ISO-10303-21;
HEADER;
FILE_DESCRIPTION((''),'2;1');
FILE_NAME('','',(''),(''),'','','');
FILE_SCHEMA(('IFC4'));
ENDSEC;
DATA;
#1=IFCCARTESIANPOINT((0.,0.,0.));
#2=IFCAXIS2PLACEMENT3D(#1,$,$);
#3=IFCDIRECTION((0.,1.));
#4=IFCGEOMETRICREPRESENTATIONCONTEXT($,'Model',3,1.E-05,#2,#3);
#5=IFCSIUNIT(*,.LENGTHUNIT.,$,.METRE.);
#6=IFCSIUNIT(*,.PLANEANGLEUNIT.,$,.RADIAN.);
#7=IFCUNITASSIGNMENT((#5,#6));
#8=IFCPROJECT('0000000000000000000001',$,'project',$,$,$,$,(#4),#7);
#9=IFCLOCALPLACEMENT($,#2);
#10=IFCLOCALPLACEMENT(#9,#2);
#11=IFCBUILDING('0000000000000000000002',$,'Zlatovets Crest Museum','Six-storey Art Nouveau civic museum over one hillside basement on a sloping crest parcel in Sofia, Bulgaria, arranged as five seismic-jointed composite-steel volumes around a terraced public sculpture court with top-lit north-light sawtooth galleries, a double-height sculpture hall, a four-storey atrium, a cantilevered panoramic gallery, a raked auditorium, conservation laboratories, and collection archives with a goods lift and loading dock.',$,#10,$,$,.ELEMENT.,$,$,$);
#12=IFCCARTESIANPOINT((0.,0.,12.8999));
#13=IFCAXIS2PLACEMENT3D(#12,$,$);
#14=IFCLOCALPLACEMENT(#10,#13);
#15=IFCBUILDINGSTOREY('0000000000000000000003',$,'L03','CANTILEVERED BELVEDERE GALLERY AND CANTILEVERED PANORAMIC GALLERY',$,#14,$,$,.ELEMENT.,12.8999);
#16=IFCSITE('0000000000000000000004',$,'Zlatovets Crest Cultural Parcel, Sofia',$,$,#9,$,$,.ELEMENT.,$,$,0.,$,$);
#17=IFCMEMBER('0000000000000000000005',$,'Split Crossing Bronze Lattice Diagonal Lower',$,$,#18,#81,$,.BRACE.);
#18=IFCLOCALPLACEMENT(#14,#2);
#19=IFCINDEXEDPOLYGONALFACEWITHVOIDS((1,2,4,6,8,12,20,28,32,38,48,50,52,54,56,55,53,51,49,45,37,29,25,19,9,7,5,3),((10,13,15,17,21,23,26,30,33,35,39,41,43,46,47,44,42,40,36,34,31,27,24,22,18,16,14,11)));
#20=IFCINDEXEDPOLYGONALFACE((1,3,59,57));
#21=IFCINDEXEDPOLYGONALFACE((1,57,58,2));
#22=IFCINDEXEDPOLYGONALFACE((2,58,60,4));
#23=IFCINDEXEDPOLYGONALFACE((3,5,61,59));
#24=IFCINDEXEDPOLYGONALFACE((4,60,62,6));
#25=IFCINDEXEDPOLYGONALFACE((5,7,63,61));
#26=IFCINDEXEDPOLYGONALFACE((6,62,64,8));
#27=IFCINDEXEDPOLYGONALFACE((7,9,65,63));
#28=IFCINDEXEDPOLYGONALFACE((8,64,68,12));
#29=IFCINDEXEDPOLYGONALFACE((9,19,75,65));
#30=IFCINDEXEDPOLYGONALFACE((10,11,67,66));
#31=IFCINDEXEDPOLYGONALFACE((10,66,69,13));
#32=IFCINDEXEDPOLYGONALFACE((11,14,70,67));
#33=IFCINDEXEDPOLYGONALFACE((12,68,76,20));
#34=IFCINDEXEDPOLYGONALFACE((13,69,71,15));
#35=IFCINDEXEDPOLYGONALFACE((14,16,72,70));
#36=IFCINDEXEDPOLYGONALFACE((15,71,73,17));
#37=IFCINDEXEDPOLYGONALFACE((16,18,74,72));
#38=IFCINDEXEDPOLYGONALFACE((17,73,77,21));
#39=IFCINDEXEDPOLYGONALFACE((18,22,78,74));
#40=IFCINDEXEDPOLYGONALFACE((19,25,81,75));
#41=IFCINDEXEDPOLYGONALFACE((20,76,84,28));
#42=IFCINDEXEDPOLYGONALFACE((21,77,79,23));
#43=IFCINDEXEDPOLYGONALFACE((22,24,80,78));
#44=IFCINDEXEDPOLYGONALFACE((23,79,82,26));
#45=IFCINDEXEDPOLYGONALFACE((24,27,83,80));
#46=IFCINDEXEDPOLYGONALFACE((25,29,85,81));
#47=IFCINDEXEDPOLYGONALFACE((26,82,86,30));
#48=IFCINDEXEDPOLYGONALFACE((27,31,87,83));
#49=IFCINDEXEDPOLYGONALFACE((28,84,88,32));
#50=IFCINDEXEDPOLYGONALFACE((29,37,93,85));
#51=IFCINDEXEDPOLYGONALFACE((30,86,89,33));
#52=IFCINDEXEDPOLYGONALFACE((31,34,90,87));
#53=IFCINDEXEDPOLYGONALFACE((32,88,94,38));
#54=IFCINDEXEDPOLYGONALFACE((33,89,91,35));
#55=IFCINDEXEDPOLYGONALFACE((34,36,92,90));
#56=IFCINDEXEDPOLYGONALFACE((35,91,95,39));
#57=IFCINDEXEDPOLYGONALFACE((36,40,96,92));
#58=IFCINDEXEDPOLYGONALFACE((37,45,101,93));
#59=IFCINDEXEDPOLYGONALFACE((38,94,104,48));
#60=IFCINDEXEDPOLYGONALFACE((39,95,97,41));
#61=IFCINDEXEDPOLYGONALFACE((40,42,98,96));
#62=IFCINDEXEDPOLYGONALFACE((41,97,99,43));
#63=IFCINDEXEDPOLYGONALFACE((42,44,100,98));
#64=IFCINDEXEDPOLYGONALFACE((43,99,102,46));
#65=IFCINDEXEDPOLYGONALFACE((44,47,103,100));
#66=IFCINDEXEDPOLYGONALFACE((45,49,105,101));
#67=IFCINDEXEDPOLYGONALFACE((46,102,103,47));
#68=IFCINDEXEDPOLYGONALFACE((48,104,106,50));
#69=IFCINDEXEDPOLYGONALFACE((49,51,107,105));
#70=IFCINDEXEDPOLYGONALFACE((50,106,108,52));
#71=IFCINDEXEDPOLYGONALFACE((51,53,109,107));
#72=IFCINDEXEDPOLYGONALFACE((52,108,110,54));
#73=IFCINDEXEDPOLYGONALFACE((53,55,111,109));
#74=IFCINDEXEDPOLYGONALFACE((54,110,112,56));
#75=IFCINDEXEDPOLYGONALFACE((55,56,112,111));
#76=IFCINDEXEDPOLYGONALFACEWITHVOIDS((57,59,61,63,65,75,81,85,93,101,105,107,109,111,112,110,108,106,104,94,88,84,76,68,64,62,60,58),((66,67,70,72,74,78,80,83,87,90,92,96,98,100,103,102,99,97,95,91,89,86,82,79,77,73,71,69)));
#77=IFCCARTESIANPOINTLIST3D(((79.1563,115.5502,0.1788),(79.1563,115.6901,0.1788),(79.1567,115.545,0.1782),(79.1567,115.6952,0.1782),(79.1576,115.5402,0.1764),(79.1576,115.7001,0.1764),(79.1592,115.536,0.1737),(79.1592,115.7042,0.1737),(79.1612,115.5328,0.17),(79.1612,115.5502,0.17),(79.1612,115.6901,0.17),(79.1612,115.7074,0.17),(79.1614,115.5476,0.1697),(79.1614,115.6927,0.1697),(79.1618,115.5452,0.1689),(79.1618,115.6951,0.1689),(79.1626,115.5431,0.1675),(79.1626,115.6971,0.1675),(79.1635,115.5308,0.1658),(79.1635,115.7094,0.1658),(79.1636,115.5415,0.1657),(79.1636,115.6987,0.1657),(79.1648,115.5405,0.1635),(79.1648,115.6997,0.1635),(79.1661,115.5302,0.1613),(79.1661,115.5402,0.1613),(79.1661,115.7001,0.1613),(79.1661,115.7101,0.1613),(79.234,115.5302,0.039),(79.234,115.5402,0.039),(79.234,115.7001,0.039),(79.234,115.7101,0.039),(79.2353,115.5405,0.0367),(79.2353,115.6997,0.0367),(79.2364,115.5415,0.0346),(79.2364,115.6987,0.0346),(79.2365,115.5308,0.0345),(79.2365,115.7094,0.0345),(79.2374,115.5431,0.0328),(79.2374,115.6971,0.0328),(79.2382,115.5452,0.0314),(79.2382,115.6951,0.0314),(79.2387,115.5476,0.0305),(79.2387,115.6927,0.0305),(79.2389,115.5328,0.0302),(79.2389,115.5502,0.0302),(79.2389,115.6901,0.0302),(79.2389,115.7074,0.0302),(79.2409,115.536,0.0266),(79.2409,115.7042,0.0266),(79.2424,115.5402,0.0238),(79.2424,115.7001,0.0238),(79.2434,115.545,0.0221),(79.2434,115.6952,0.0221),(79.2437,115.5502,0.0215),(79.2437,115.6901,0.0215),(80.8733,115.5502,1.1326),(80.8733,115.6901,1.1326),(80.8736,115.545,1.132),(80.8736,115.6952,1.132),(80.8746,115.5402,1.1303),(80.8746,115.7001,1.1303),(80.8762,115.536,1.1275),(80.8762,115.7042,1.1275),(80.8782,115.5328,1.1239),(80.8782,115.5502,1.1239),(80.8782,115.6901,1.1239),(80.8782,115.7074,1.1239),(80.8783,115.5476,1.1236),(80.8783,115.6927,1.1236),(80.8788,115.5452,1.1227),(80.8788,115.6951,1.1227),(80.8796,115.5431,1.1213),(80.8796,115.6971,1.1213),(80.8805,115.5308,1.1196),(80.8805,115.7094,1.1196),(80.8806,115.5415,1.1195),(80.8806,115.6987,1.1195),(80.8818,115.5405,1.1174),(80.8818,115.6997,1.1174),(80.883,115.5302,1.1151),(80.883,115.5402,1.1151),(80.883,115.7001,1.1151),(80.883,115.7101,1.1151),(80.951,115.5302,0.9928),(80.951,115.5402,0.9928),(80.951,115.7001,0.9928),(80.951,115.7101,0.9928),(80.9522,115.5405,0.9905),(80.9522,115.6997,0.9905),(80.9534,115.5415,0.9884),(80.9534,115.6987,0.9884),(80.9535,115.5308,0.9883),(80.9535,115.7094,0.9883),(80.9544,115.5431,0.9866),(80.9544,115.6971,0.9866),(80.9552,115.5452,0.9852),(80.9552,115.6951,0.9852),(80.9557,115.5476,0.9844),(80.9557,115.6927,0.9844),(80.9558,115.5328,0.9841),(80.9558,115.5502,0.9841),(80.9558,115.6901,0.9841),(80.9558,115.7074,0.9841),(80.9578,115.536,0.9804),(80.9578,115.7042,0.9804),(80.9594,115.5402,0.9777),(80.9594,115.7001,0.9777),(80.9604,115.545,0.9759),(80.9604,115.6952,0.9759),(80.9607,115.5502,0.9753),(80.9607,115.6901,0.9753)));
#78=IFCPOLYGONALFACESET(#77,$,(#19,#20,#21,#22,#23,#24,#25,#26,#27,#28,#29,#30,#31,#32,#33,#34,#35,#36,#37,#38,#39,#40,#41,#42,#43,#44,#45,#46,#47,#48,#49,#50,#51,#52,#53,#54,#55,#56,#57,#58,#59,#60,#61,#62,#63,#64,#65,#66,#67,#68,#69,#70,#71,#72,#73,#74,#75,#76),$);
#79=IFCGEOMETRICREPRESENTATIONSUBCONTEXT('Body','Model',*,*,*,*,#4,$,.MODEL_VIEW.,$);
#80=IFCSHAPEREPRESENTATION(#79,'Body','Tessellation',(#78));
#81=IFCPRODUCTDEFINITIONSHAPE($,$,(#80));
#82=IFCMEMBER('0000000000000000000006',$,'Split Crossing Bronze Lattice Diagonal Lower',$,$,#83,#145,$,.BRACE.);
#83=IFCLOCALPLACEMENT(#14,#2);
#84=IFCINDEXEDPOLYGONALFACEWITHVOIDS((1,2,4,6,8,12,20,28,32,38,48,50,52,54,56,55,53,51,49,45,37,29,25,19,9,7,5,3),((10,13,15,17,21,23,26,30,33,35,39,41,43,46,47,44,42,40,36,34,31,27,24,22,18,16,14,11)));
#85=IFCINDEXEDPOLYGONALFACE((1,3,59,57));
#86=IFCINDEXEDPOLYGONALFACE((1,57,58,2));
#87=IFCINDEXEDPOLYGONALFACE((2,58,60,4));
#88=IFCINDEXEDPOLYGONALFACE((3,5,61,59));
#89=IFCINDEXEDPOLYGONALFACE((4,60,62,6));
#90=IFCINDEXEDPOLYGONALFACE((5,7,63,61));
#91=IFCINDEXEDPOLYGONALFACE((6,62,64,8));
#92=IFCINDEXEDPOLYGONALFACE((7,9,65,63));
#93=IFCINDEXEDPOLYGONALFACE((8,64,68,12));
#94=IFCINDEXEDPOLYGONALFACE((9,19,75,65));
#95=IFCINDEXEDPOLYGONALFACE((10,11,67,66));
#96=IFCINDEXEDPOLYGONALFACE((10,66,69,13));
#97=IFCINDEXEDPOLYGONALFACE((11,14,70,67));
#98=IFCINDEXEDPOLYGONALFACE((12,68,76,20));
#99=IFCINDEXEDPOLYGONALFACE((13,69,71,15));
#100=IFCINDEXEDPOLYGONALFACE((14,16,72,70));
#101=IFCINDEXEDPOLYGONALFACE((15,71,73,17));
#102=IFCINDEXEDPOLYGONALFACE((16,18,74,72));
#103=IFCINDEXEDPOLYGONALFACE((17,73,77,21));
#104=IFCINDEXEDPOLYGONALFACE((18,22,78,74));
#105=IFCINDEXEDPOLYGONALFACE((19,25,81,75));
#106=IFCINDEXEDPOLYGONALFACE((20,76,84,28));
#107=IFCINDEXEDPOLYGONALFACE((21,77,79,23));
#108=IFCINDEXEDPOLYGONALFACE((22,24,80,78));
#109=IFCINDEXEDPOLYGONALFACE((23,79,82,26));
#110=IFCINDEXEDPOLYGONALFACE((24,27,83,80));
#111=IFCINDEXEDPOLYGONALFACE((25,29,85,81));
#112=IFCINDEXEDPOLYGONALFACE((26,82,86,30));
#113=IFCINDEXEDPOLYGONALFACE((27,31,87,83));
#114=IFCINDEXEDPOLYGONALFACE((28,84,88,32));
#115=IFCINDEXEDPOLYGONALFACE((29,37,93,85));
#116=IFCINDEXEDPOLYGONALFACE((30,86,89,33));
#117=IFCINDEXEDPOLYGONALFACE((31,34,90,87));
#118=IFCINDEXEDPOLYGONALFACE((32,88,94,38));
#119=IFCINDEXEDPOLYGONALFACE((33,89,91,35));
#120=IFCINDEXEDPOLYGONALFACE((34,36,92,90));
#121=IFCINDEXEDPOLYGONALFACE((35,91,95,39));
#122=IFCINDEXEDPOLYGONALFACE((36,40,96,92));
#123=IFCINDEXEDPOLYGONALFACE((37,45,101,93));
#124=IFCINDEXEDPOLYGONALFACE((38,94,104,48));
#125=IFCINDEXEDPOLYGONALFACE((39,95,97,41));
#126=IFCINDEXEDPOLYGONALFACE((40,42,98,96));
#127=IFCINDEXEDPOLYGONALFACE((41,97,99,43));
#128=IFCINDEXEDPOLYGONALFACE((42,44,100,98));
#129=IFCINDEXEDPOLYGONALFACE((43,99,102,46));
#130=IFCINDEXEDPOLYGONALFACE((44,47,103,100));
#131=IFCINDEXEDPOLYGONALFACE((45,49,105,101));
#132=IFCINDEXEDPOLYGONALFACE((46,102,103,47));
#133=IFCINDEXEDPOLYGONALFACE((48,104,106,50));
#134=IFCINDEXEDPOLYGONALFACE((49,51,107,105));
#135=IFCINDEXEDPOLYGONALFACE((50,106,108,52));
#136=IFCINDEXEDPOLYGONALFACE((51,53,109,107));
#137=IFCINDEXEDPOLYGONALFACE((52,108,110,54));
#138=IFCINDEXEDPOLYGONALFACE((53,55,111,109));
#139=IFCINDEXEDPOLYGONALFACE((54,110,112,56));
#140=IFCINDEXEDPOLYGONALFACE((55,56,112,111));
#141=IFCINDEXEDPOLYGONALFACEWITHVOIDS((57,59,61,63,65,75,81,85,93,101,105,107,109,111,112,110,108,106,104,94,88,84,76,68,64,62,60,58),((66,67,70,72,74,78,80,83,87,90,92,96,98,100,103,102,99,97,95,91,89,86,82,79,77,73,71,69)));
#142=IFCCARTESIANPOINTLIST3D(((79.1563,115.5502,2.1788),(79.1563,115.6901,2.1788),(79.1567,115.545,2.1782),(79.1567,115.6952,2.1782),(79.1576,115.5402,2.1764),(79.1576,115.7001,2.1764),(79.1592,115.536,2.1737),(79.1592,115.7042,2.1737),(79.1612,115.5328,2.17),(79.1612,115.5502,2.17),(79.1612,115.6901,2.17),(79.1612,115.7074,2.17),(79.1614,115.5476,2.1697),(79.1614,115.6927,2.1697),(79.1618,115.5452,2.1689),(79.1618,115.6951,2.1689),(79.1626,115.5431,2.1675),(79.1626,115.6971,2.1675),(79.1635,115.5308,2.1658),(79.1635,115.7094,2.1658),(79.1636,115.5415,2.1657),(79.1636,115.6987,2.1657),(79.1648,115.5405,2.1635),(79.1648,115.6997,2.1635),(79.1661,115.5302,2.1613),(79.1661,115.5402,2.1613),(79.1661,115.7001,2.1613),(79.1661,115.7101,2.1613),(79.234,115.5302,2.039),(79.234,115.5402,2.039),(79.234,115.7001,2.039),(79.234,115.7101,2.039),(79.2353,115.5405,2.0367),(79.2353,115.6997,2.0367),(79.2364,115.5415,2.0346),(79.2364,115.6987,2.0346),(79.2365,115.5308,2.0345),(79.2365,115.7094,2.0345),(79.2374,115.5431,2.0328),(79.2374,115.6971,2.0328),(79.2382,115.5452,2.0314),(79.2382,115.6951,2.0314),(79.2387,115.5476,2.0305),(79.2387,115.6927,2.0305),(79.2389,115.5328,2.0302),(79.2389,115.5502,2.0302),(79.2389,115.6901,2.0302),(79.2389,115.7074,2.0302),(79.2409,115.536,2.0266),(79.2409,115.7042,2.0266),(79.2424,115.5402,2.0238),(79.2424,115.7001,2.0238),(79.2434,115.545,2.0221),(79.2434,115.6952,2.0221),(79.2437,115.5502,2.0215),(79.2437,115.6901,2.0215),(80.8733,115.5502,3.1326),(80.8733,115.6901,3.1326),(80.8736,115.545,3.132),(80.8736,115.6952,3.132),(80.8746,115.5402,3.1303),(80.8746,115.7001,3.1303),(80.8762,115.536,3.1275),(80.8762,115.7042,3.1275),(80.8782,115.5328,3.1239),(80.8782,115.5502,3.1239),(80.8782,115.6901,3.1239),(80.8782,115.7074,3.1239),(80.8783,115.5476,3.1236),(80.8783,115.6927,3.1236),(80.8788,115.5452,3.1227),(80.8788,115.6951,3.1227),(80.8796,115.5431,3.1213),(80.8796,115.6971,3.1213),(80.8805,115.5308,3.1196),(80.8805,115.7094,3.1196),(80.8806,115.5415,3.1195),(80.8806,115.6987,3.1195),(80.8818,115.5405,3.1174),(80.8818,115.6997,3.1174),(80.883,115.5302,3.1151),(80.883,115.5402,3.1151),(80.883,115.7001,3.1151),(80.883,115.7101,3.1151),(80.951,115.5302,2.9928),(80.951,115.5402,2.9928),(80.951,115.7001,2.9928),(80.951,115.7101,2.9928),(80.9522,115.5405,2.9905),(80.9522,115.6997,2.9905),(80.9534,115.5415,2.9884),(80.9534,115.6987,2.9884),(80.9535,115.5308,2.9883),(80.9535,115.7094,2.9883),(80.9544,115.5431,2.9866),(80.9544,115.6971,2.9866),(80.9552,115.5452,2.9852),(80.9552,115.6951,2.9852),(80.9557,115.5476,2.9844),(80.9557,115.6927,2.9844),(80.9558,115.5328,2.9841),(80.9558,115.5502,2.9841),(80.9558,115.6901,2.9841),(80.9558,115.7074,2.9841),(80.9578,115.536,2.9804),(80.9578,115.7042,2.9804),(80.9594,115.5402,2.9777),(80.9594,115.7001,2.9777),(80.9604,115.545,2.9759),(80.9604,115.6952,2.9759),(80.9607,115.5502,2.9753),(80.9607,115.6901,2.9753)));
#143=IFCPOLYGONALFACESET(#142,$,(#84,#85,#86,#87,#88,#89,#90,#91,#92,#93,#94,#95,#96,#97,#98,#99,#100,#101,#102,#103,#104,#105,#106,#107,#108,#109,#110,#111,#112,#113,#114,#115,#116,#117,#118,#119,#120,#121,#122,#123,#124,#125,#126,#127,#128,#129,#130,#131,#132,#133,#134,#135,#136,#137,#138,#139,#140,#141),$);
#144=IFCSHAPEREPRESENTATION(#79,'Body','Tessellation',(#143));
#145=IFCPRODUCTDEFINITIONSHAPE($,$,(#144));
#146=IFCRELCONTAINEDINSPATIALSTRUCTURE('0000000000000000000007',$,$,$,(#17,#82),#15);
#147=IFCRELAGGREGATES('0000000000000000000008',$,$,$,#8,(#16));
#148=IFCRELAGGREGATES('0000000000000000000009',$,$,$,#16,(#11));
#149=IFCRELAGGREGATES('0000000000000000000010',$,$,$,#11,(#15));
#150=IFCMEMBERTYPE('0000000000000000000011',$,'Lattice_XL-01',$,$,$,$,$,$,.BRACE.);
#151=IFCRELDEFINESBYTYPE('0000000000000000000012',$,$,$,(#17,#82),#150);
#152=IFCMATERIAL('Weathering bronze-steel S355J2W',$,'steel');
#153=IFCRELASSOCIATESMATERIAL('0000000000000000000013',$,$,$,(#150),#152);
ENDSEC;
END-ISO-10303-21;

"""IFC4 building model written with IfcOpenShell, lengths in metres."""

from ifc_helpers import new_model, si_unit, direction, frame, origin, origin_2d, place, context, subcontext, project, spatial, hollow_rectangle, extrude, material, material_profile, profile_set, type_object, element, save


model = new_model("IFC4")

# Units and contexts
model_context = context("Model", 3, precision=1e-05, world=origin(), true_north=direction((0.0, 1.0)))
body_context = subcontext(model_context, "Body", "Model", "MODEL_VIEW")
ifc_project = project(units=[si_unit("LENGTHUNIT", "METRE"), si_unit("PLANEANGLEUNIT", "RADIAN")], contexts=[model_context])

# Site, building, storey
site_placement = place(None, origin())
site = spatial("IfcSite", under=ifc_project, at=site_placement, Name="Zlatovets Crest Cultural Parcel, Sofia", CompositionType="ELEMENT", RefElevation=0.0)
building_placement = place(site_placement, origin())
building = spatial("IfcBuilding", under=site, at=building_placement, Name="Zlatovets Crest Museum", Description="Six-storey Art Nouveau civic museum over one hillside basement on a sloping crest parcel in Sofia, Bulgaria, arranged as five seismic-jointed composite-steel volumes around a terraced public sculpture court with top-lit north-light sawtooth galleries, a double-height sculpture hall, a four-storey atrium, a cantilevered panoramic gallery, a raked auditorium, conservation laboratories, and collection archives with a goods lift and loading dock.", CompositionType="ELEMENT")
storey_placement = place(building_placement, frame((0.0, 0.0, 12.8999)))
storey = spatial("IfcBuildingStorey", under=building, at=storey_placement, Name="L03", Description="CANTILEVERED BELVEDERE GALLERY AND CANTILEVERED PANORAMIC GALLERY", CompositionType="ELEMENT", Elevation=12.8999)

# Members
ifc_material_1 = material(Name="Weathering bronze-steel S355J2W", Category="steel")
ifc_material_profile_1 = material_profile(ifc_material_1, hollow_rectangle(XDim=0.1799, YDim=0.1799, WallThickness=0.01, InnerFilletRadius=0.01, OuterFilletRadius=0.02, at=origin_2d()), Name="SHS 180x180x10.0")
ifc_profile_set_1 = profile_set([ifc_material_profile_1], Name="Weathering bronze-steel S355J2W")
member_type_1 = type_object("IfcMemberType", Name="Lattice_XL-01", PredefinedType="BRACE", material=ifc_profile_set_1)
for number, where, z_axis, x_axis, name in (
    (1, (80.917, 115.6201, 1.054), (-0.874169, 0.0, -0.485622), (0.0, -1.0, 0.0), "Split Crossing Bronze Lattice Diagonal Lower"),
    (2, (80.917, 115.6201, 3.054), (-0.874169, 0.0, -0.485622), (0.0, -1.0, 0.0), "Split Crossing Bronze Lattice Diagonal Lower"),
):
    element("IfcMember", number, at=place(storey_placement, frame(where, z_axis=z_axis, x_axis=x_axis)), inside=storey, type_object=member_type_1, Name=name, PredefinedType="BRACE", context=body_context, shape_type="SweptSolid", body=[
        extrude(hollow_rectangle(XDim=0.1799, YDim=0.1799, WallThickness=0.01, InnerFilletRadius=0.01, OuterFilletRadius=0.02, at=origin_2d()), origin(), (0.0, 0.0, 1.0), 1.9641),
    ])

save(model, "model.ifc")
